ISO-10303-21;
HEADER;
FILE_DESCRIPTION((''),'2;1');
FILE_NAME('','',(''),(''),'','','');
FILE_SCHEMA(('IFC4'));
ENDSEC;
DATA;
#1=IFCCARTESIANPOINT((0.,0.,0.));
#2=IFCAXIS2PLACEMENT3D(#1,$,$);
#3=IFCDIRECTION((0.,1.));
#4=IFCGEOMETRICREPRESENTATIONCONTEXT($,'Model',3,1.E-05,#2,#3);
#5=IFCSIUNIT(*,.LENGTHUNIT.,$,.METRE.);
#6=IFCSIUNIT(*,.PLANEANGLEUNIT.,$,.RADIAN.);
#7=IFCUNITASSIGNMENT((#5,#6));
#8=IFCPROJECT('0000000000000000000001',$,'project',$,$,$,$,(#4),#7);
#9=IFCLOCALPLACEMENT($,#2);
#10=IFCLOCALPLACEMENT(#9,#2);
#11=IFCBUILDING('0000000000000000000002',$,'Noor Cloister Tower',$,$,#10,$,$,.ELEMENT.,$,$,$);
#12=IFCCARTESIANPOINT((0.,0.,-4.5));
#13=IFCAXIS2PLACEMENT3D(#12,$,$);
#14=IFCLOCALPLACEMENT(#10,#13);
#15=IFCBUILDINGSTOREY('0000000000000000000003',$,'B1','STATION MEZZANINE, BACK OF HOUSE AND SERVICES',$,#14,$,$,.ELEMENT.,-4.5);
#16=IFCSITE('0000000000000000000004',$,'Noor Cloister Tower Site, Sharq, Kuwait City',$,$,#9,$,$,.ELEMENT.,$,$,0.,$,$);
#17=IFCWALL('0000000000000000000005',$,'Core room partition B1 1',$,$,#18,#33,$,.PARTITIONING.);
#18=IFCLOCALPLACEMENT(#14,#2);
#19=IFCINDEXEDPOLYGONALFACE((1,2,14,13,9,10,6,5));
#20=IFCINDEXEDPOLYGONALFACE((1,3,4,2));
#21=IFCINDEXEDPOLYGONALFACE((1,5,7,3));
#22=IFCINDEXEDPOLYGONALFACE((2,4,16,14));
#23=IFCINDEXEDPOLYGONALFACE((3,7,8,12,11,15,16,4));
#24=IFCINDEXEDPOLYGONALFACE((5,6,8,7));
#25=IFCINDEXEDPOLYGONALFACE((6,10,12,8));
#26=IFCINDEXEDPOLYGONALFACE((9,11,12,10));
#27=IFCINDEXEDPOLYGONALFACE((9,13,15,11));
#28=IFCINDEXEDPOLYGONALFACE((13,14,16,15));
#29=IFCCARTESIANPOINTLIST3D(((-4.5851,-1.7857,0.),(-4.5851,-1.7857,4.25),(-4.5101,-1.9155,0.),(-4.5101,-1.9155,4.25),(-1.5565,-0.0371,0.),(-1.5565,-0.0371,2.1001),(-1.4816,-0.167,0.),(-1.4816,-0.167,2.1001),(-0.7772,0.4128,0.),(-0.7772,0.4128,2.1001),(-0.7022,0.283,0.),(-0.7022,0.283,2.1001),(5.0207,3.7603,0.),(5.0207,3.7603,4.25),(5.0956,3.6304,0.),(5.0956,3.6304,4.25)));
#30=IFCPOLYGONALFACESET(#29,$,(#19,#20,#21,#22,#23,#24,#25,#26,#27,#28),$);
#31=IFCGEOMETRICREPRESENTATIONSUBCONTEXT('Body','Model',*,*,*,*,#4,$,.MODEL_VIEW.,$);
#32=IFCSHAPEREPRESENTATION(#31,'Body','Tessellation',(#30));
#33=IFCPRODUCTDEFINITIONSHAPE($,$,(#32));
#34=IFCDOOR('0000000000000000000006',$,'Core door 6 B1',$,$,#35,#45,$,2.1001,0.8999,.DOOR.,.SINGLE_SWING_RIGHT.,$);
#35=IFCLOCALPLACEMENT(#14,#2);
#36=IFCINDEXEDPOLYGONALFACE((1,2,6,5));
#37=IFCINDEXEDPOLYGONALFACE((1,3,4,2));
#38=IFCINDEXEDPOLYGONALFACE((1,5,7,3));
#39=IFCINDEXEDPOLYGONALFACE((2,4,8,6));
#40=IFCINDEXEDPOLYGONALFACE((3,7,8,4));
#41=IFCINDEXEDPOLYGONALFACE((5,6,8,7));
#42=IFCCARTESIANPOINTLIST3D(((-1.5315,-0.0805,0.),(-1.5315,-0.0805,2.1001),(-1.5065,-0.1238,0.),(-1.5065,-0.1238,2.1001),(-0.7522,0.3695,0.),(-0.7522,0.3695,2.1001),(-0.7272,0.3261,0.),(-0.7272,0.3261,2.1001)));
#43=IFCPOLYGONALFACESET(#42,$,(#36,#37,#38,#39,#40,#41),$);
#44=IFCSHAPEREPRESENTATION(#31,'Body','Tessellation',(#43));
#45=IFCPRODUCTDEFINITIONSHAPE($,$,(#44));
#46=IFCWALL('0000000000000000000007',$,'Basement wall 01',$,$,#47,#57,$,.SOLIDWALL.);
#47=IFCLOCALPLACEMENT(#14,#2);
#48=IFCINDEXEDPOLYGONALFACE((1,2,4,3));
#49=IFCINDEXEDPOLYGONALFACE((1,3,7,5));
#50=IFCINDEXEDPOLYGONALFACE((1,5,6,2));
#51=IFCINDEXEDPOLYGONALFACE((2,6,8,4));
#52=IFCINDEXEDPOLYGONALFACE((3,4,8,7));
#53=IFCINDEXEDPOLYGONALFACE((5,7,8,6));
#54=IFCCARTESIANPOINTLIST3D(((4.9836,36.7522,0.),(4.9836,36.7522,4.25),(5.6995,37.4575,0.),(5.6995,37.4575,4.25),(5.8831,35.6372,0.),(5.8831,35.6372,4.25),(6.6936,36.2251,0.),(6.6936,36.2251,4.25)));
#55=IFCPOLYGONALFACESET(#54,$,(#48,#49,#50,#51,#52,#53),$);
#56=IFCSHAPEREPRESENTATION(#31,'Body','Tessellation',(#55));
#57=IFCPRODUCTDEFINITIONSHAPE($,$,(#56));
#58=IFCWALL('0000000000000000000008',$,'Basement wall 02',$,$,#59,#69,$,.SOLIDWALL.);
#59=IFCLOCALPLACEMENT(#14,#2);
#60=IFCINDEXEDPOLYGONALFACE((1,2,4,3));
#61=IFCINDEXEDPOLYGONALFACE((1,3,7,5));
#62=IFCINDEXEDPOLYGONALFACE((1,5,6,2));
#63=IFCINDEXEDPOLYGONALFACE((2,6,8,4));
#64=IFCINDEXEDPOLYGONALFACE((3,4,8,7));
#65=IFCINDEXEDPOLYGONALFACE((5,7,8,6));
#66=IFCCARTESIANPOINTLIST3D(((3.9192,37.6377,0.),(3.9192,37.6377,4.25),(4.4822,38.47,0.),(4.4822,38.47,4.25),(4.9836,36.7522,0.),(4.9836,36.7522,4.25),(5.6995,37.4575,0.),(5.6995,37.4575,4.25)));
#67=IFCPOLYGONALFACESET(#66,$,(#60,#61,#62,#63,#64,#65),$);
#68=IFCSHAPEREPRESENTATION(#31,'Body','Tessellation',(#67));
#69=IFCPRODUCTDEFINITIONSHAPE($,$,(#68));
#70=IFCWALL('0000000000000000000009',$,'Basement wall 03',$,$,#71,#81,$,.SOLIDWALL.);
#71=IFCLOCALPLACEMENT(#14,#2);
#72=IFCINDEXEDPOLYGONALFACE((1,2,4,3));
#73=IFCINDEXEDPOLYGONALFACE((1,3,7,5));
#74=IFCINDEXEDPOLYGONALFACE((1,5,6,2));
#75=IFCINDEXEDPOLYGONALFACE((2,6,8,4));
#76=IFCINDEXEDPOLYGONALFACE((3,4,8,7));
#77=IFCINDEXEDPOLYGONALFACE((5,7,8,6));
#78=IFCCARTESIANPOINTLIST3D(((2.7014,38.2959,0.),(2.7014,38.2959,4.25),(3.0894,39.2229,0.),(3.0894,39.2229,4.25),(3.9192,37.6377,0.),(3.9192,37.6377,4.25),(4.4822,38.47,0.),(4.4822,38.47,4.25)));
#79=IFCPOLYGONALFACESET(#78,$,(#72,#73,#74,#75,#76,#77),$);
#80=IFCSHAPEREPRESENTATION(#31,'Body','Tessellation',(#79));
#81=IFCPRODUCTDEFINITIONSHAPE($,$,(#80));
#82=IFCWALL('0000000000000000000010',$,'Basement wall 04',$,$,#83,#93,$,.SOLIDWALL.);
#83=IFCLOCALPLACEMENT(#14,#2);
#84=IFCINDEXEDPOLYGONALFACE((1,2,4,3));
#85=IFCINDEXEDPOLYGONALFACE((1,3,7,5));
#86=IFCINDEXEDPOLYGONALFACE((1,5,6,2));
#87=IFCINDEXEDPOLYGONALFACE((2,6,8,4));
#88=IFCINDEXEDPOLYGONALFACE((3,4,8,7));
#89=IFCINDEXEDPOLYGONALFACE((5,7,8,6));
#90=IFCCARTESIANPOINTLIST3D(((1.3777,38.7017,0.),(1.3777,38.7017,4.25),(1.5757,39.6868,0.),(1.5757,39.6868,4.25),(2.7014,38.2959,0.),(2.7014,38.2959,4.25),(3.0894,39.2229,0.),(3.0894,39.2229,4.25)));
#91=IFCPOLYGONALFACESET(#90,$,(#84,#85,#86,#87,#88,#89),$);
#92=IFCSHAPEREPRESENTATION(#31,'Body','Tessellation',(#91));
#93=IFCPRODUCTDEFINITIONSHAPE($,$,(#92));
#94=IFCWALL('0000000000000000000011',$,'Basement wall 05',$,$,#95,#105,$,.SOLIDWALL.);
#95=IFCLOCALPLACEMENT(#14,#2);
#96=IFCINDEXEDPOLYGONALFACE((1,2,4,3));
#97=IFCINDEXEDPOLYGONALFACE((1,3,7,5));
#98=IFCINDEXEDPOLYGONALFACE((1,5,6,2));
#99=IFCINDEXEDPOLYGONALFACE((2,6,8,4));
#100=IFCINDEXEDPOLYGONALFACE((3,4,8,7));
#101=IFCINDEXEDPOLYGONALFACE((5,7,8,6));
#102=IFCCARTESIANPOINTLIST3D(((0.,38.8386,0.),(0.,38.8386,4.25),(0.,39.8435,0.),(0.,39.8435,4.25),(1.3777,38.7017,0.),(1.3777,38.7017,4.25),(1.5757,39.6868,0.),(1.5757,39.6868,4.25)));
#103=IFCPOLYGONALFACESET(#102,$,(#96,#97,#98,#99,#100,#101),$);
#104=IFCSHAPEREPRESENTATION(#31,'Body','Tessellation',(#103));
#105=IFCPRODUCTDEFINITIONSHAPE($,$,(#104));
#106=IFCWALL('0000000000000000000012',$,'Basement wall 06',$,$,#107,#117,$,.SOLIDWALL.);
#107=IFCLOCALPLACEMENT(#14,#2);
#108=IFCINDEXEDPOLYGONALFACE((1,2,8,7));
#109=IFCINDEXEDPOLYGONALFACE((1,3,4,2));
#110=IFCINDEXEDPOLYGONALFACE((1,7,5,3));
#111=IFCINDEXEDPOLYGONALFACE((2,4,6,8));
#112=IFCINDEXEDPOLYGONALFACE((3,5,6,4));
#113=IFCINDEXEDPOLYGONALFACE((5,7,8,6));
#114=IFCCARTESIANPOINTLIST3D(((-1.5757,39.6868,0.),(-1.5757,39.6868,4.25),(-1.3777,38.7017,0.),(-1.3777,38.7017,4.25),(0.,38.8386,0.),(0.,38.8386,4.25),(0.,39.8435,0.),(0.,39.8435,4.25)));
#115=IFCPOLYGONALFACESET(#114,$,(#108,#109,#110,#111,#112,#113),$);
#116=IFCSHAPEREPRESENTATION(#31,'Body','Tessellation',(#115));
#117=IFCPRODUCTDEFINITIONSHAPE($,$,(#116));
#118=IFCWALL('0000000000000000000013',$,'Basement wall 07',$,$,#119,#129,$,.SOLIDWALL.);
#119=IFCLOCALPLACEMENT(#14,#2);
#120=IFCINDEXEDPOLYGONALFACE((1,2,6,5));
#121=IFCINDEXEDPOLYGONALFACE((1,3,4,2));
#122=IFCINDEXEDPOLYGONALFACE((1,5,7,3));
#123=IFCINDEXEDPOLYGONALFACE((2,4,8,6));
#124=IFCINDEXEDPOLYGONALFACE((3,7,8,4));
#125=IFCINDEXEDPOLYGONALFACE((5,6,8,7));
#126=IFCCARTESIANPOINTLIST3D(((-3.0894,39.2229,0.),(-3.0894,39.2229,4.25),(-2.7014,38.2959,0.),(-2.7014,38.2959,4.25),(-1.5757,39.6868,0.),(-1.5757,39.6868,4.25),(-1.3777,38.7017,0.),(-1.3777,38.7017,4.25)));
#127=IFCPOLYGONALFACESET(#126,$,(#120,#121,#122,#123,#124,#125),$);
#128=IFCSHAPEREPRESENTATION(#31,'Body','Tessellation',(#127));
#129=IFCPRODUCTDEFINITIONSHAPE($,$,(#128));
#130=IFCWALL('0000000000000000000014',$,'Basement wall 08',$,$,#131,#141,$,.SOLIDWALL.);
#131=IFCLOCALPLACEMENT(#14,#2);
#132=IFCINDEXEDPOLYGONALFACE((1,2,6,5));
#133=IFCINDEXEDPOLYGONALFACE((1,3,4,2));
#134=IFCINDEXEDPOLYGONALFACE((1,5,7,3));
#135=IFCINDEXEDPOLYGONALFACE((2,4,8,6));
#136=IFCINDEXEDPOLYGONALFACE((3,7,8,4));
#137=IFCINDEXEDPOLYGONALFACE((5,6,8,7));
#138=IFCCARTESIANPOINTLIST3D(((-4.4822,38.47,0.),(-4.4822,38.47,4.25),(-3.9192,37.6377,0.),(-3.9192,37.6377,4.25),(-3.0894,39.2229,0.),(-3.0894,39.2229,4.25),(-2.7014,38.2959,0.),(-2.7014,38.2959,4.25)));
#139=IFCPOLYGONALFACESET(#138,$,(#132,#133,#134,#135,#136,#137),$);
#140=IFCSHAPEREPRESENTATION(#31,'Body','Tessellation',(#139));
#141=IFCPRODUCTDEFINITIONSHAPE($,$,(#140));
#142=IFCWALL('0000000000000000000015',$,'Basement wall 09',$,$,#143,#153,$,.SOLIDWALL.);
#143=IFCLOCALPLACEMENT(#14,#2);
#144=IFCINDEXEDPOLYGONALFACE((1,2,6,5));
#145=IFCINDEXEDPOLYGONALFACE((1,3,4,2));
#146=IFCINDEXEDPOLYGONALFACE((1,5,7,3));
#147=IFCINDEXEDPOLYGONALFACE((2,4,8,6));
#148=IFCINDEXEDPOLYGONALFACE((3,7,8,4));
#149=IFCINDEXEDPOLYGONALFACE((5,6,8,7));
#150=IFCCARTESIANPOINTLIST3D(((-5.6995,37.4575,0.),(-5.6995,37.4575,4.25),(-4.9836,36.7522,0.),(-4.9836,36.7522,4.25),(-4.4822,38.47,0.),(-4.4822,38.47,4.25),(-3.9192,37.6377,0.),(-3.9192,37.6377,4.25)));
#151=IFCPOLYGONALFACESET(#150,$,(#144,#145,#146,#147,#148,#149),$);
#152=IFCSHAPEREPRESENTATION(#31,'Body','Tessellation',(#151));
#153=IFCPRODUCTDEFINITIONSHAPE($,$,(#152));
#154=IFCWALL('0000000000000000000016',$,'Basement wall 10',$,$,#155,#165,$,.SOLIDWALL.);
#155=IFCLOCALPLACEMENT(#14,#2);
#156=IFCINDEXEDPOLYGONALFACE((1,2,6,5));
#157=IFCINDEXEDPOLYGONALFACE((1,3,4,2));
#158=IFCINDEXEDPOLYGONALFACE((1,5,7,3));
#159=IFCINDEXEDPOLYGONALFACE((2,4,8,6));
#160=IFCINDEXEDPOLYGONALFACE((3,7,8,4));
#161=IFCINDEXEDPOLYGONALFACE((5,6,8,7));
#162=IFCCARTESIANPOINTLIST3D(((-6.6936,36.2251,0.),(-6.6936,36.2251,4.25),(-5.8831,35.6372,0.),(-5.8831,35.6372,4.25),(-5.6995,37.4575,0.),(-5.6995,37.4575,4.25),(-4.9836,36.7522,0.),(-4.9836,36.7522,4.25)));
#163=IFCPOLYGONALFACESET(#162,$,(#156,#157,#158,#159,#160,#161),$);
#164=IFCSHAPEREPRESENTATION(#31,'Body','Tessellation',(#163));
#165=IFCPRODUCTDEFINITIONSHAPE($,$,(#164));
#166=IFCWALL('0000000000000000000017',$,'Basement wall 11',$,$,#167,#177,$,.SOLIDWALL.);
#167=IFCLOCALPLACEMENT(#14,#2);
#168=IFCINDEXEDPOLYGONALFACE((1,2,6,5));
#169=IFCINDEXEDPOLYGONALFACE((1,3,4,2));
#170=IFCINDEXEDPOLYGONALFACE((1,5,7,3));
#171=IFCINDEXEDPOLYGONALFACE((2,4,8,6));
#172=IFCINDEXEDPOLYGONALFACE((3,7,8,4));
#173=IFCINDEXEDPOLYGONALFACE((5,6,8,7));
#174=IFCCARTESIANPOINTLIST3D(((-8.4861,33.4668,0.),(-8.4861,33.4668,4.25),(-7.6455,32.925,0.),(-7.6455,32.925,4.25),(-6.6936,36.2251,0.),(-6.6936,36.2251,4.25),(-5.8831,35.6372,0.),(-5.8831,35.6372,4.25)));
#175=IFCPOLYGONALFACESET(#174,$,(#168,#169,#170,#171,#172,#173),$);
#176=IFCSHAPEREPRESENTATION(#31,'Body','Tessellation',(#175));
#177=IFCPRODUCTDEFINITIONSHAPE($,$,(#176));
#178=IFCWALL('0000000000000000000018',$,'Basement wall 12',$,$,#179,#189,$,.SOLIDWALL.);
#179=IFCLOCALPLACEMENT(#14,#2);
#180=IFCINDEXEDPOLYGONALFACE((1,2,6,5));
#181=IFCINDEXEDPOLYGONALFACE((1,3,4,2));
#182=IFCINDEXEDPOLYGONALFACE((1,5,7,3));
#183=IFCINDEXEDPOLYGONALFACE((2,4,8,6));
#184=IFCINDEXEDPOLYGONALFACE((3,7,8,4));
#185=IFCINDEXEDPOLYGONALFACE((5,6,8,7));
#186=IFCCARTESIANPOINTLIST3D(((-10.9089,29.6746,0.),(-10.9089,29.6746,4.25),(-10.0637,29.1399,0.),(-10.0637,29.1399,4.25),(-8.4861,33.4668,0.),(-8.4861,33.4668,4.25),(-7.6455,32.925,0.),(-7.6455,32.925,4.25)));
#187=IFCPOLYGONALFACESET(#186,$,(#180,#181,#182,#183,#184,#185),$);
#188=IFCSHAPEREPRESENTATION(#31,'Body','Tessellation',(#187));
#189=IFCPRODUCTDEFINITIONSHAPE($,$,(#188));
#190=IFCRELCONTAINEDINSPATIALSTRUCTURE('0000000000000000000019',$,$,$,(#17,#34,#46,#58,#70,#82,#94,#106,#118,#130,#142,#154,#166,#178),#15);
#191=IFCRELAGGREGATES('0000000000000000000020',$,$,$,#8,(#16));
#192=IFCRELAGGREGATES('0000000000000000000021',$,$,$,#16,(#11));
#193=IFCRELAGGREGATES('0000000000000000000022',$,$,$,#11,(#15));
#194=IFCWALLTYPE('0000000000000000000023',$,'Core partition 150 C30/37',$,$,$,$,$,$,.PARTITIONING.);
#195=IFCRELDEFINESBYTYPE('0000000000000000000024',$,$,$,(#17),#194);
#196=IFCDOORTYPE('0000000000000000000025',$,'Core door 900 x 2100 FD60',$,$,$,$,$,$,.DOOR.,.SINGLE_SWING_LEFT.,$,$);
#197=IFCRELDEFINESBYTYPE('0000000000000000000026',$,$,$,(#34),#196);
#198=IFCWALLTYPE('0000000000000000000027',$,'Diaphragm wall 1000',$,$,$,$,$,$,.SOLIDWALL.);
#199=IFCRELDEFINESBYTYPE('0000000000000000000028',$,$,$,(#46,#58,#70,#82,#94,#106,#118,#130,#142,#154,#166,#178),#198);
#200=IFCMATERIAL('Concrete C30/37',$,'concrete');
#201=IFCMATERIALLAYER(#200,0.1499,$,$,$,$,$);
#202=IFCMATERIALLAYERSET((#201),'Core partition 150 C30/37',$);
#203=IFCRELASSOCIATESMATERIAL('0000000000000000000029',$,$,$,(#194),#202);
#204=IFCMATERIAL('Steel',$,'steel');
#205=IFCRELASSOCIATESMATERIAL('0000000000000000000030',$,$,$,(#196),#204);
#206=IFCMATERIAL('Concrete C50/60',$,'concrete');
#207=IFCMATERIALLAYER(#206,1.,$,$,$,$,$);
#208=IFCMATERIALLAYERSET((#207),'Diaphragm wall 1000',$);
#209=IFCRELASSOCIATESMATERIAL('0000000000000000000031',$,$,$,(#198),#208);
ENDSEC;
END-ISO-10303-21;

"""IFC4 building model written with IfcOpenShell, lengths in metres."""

from ifc_helpers import new_model, si_unit, direction, frame, frame_2d, origin, place, context, subcontext, project, spatial, polyline, rectangle, outline, extrude, material, layer, layer_set, type_object, element, fill, save


model = new_model("IFC4")

# Units and contexts
model_context = context("Model", 3, precision=1e-05, world=origin(), true_north=direction((0.0, 1.0)))
body_context = subcontext(model_context, "Body", "Model", "MODEL_VIEW")
ifc_project = project(units=[si_unit("LENGTHUNIT", "METRE"), si_unit("PLANEANGLEUNIT", "RADIAN")], contexts=[model_context])

# Site, building, storey
site_placement = place(None, origin())
site = spatial("IfcSite", under=ifc_project, at=site_placement, Name="Noor Cloister Tower Site, Sharq, Kuwait City", CompositionType="ELEMENT", RefElevation=0.0)
building_placement = place(site_placement, origin())
building = spatial("IfcBuilding", under=site, at=building_placement, Name="Noor Cloister Tower", CompositionType="ELEMENT")
storey_placement = place(building_placement, frame((0.0, 0.0, -4.5)))
storey = spatial("IfcBuildingStorey", under=building, at=storey_placement, Name="B1", Description="STATION MEZZANINE, BACK OF HOUSE AND SERVICES", CompositionType="ELEMENT", Elevation=-4.5)

# Wall, opening, door
ifc_material_1 = material(Name="Concrete C30/37", Category="concrete")
ifc_layer_1 = layer(ifc_material_1, 0.1499)
ifc_layer_set_1 = layer_set([ifc_layer_1], Name="Core partition 150 C30/37")
wall_type_1 = type_object("IfcWallType", Name="Core partition 150 C30/37", PredefinedType="PARTITIONING", material=ifc_layer_set_1)
wall_1_placement = place(storey_placement, frame((-4.5476, -1.8506, 0.0), z_axis=(0.0, 0.0, 1.0), x_axis=(0.866024, 0.500003, 0.0)))
wall_1 = element("IfcWall", 1, at=wall_1_placement, inside=storey, type_object=wall_type_1, Name="Core room partition B1 1", PredefinedType="PARTITIONING", context=body_context, shape_type="SweptSolid", body=[
    extrude(rectangle(XDim=11.0918, YDim=0.1499, at=frame_2d((5.5459, 0.0))), origin(), (0.0, 0.0, 1.0), 4.25),
])
opening_1_placement = place(wall_1_placement, frame((3.4971, 0.0, 0.0)))
opening_1 = element("IfcOpeningElement", 2, at=opening_1_placement, cuts=wall_1, PredefinedType="OPENING", context=body_context, shape_type="SweptSolid", body=[
    extrude(rectangle(XDim=0.8999, YDim=2.1001, at=frame_2d((0.45, 1.05))), frame((0.0, 0.085, 0.0), z_axis=(0.0, -1.0, 0.0), x_axis=(1.0, 0.0, 0.0)), (0.0, 0.0, 1.0), 0.1699),
])
ifc_material_2 = material(Name="Steel", Category="steel")
door_type_1 = type_object("IfcDoorType", Name="Core door 900 x 2100 FD60", OperationType="SINGLE_SWING_LEFT", PredefinedType="DOOR", material=ifc_material_2)
door_1_placement = place(opening_1_placement, origin())
door_1 = element("IfcDoor", 3, at=door_1_placement, inside=storey, type_object=door_type_1, Name="Core door 6 B1", OperationType="SINGLE_SWING_RIGHT", OverallHeight=2.1001, OverallWidth=0.8999, PredefinedType="DOOR", context=body_context, shape_type="SweptSolid", body=[
    extrude(rectangle(XDim=0.8999, YDim=2.1001, at=frame_2d((0.45, 1.05))), frame((0.0, 0.0249, 0.0), z_axis=(0.0, -1.0, 0.0), x_axis=(1.0, 0.0, 0.0)), (0.0, 0.0, 1.0), 0.05),
])
fill(opening_1, door_1)

# Walls
ifc_material_3 = material(Name="Concrete C50/60", Category="concrete")
ifc_layer_2 = layer(ifc_material_3, 1.0)
ifc_layer_set_2 = layer_set([ifc_layer_2], Name="Diaphragm wall 1000")
wall_type_2 = type_object("IfcWallType", Name="Diaphragm wall 1000", PredefinedType="SOLIDWALL", material=ifc_layer_set_2)
wall_2_placement = place(storey_placement, origin())
element("IfcWall", 4, at=wall_2_placement, inside=storey, type_object=wall_type_2, Name="Basement wall 01", PredefinedType="SOLIDWALL", context=body_context, shape_type="SweptSolid", body=[
    extrude(outline(polyline([(6.6936, 36.2251), (5.6995, 37.4575), (4.9836, 36.7522), (5.8831, 35.6372), (6.6936, 36.2251)])), origin(), (0.0, 0.0, 1.0), 4.25),
])
wall_3_placement = place(storey_placement, origin())
element("IfcWall", 5, at=wall_3_placement, inside=storey, type_object=wall_type_2, Name="Basement wall 02", PredefinedType="SOLIDWALL", context=body_context, shape_type="SweptSolid", body=[
    extrude(outline(polyline([(5.6995, 37.4575), (4.4822, 38.47), (3.9192, 37.6377), (4.9836, 36.7522), (5.6995, 37.4575)])), origin(), (0.0, 0.0, 1.0), 4.25),
])
wall_4_placement = place(storey_placement, origin())
element("IfcWall", 6, at=wall_4_placement, inside=storey, type_object=wall_type_2, Name="Basement wall 03", PredefinedType="SOLIDWALL", context=body_context, shape_type="SweptSolid", body=[
    extrude(outline(polyline([(4.4822, 38.47), (3.0894, 39.2229), (2.7014, 38.2959), (3.9192, 37.6377), (4.4822, 38.47)])), origin(), (0.0, 0.0, 1.0), 4.25),
])
wall_5_placement = place(storey_placement, origin())
element("IfcWall", 7, at=wall_5_placement, inside=storey, type_object=wall_type_2, Name="Basement wall 04", PredefinedType="SOLIDWALL", context=body_context, shape_type="SweptSolid", body=[
    extrude(outline(polyline([(3.0894, 39.2229), (1.5757, 39.6868), (1.3777, 38.7017), (2.7014, 38.2959), (3.0894, 39.2229)])), origin(), (0.0, 0.0, 1.0), 4.25),
])
wall_6_placement = place(storey_placement, origin())
element("IfcWall", 8, at=wall_6_placement, inside=storey, type_object=wall_type_2, Name="Basement wall 05", PredefinedType="SOLIDWALL", context=body_context, shape_type="SweptSolid", body=[
    extrude(outline(polyline([(1.5757, 39.6868), (0.0, 39.8435), (0.0, 38.8386), (1.3777, 38.7017), (1.5757, 39.6868)])), origin(), (0.0, 0.0, 1.0), 4.25),
])
wall_7_placement = place(storey_placement, origin())
element("IfcWall", 9, at=wall_7_placement, inside=storey, type_object=wall_type_2, Name="Basement wall 06", PredefinedType="SOLIDWALL", context=body_context, shape_type="SweptSolid", body=[
    extrude(outline(polyline([(0.0, 39.8435), (-1.5757, 39.6868), (-1.3777, 38.7017), (0.0, 38.8386), (0.0, 39.8435)])), origin(), (0.0, 0.0, 1.0), 4.25),
])
wall_8_placement = place(storey_placement, origin())
element("IfcWall", 10, at=wall_8_placement, inside=storey, type_object=wall_type_2, Name="Basement wall 07", PredefinedType="SOLIDWALL", context=body_context, shape_type="SweptSolid", body=[
    extrude(outline(polyline([(-1.5757, 39.6868), (-3.0894, 39.2229), (-2.7014, 38.2959), (-1.3777, 38.7017), (-1.5757, 39.6868)])), origin(), (0.0, 0.0, 1.0), 4.25),
])
wall_9_placement = place(storey_placement, origin())
element("IfcWall", 11, at=wall_9_placement, inside=storey, type_object=wall_type_2, Name="Basement wall 08", PredefinedType="SOLIDWALL", context=body_context, shape_type="SweptSolid", body=[
    extrude(outline(polyline([(-3.0894, 39.2229), (-4.4822, 38.47), (-3.9192, 37.6377), (-2.7014, 38.2959), (-3.0894, 39.2229)])), origin(), (0.0, 0.0, 1.0), 4.25),
])
wall_10_placement = place(storey_placement, origin())
element("IfcWall", 12, at=wall_10_placement, inside=storey, type_object=wall_type_2, Name="Basement wall 09", PredefinedType="SOLIDWALL", context=body_context, shape_type="SweptSolid", body=[
    extrude(outline(polyline([(-4.4822, 38.47), (-5.6995, 37.4575), (-4.9836, 36.7522), (-3.9192, 37.6377), (-4.4822, 38.47)])), origin(), (0.0, 0.0, 1.0), 4.25),
])
wall_11_placement = place(storey_placement, origin())
element("IfcWall", 13, at=wall_11_placement, inside=storey, type_object=wall_type_2, Name="Basement wall 10", PredefinedType="SOLIDWALL", context=body_context, shape_type="SweptSolid", body=[
    extrude(outline(polyline([(-5.6995, 37.4575), (-6.6936, 36.2251), (-5.8831, 35.6372), (-4.9836, 36.7522), (-5.6995, 37.4575)])), origin(), (0.0, 0.0, 1.0), 4.25),
])
wall_12_placement = place(storey_placement, origin())
element("IfcWall", 14, at=wall_12_placement, inside=storey, type_object=wall_type_2, Name="Basement wall 11", PredefinedType="SOLIDWALL", context=body_context, shape_type="SweptSolid", body=[
    extrude(outline(polyline([(-6.6936, 36.2251), (-8.4861, 33.4668), (-7.6455, 32.925), (-5.8831, 35.6372), (-6.6936, 36.2251)])), origin(), (0.0, 0.0, 1.0), 4.25),
])
wall_13_placement = place(storey_placement, origin())
element("IfcWall", 15, at=wall_13_placement, inside=storey, type_object=wall_type_2, Name="Basement wall 12", PredefinedType="SOLIDWALL", context=body_context, shape_type="SweptSolid", body=[
    extrude(outline(polyline([(-8.4861, 33.4668), (-10.9089, 29.6746), (-10.0637, 29.1399), (-7.6455, 32.925), (-8.4861, 33.4668)])), origin(), (0.0, 0.0, 1.0), 4.25),
])

save(model, "model.ifc")
